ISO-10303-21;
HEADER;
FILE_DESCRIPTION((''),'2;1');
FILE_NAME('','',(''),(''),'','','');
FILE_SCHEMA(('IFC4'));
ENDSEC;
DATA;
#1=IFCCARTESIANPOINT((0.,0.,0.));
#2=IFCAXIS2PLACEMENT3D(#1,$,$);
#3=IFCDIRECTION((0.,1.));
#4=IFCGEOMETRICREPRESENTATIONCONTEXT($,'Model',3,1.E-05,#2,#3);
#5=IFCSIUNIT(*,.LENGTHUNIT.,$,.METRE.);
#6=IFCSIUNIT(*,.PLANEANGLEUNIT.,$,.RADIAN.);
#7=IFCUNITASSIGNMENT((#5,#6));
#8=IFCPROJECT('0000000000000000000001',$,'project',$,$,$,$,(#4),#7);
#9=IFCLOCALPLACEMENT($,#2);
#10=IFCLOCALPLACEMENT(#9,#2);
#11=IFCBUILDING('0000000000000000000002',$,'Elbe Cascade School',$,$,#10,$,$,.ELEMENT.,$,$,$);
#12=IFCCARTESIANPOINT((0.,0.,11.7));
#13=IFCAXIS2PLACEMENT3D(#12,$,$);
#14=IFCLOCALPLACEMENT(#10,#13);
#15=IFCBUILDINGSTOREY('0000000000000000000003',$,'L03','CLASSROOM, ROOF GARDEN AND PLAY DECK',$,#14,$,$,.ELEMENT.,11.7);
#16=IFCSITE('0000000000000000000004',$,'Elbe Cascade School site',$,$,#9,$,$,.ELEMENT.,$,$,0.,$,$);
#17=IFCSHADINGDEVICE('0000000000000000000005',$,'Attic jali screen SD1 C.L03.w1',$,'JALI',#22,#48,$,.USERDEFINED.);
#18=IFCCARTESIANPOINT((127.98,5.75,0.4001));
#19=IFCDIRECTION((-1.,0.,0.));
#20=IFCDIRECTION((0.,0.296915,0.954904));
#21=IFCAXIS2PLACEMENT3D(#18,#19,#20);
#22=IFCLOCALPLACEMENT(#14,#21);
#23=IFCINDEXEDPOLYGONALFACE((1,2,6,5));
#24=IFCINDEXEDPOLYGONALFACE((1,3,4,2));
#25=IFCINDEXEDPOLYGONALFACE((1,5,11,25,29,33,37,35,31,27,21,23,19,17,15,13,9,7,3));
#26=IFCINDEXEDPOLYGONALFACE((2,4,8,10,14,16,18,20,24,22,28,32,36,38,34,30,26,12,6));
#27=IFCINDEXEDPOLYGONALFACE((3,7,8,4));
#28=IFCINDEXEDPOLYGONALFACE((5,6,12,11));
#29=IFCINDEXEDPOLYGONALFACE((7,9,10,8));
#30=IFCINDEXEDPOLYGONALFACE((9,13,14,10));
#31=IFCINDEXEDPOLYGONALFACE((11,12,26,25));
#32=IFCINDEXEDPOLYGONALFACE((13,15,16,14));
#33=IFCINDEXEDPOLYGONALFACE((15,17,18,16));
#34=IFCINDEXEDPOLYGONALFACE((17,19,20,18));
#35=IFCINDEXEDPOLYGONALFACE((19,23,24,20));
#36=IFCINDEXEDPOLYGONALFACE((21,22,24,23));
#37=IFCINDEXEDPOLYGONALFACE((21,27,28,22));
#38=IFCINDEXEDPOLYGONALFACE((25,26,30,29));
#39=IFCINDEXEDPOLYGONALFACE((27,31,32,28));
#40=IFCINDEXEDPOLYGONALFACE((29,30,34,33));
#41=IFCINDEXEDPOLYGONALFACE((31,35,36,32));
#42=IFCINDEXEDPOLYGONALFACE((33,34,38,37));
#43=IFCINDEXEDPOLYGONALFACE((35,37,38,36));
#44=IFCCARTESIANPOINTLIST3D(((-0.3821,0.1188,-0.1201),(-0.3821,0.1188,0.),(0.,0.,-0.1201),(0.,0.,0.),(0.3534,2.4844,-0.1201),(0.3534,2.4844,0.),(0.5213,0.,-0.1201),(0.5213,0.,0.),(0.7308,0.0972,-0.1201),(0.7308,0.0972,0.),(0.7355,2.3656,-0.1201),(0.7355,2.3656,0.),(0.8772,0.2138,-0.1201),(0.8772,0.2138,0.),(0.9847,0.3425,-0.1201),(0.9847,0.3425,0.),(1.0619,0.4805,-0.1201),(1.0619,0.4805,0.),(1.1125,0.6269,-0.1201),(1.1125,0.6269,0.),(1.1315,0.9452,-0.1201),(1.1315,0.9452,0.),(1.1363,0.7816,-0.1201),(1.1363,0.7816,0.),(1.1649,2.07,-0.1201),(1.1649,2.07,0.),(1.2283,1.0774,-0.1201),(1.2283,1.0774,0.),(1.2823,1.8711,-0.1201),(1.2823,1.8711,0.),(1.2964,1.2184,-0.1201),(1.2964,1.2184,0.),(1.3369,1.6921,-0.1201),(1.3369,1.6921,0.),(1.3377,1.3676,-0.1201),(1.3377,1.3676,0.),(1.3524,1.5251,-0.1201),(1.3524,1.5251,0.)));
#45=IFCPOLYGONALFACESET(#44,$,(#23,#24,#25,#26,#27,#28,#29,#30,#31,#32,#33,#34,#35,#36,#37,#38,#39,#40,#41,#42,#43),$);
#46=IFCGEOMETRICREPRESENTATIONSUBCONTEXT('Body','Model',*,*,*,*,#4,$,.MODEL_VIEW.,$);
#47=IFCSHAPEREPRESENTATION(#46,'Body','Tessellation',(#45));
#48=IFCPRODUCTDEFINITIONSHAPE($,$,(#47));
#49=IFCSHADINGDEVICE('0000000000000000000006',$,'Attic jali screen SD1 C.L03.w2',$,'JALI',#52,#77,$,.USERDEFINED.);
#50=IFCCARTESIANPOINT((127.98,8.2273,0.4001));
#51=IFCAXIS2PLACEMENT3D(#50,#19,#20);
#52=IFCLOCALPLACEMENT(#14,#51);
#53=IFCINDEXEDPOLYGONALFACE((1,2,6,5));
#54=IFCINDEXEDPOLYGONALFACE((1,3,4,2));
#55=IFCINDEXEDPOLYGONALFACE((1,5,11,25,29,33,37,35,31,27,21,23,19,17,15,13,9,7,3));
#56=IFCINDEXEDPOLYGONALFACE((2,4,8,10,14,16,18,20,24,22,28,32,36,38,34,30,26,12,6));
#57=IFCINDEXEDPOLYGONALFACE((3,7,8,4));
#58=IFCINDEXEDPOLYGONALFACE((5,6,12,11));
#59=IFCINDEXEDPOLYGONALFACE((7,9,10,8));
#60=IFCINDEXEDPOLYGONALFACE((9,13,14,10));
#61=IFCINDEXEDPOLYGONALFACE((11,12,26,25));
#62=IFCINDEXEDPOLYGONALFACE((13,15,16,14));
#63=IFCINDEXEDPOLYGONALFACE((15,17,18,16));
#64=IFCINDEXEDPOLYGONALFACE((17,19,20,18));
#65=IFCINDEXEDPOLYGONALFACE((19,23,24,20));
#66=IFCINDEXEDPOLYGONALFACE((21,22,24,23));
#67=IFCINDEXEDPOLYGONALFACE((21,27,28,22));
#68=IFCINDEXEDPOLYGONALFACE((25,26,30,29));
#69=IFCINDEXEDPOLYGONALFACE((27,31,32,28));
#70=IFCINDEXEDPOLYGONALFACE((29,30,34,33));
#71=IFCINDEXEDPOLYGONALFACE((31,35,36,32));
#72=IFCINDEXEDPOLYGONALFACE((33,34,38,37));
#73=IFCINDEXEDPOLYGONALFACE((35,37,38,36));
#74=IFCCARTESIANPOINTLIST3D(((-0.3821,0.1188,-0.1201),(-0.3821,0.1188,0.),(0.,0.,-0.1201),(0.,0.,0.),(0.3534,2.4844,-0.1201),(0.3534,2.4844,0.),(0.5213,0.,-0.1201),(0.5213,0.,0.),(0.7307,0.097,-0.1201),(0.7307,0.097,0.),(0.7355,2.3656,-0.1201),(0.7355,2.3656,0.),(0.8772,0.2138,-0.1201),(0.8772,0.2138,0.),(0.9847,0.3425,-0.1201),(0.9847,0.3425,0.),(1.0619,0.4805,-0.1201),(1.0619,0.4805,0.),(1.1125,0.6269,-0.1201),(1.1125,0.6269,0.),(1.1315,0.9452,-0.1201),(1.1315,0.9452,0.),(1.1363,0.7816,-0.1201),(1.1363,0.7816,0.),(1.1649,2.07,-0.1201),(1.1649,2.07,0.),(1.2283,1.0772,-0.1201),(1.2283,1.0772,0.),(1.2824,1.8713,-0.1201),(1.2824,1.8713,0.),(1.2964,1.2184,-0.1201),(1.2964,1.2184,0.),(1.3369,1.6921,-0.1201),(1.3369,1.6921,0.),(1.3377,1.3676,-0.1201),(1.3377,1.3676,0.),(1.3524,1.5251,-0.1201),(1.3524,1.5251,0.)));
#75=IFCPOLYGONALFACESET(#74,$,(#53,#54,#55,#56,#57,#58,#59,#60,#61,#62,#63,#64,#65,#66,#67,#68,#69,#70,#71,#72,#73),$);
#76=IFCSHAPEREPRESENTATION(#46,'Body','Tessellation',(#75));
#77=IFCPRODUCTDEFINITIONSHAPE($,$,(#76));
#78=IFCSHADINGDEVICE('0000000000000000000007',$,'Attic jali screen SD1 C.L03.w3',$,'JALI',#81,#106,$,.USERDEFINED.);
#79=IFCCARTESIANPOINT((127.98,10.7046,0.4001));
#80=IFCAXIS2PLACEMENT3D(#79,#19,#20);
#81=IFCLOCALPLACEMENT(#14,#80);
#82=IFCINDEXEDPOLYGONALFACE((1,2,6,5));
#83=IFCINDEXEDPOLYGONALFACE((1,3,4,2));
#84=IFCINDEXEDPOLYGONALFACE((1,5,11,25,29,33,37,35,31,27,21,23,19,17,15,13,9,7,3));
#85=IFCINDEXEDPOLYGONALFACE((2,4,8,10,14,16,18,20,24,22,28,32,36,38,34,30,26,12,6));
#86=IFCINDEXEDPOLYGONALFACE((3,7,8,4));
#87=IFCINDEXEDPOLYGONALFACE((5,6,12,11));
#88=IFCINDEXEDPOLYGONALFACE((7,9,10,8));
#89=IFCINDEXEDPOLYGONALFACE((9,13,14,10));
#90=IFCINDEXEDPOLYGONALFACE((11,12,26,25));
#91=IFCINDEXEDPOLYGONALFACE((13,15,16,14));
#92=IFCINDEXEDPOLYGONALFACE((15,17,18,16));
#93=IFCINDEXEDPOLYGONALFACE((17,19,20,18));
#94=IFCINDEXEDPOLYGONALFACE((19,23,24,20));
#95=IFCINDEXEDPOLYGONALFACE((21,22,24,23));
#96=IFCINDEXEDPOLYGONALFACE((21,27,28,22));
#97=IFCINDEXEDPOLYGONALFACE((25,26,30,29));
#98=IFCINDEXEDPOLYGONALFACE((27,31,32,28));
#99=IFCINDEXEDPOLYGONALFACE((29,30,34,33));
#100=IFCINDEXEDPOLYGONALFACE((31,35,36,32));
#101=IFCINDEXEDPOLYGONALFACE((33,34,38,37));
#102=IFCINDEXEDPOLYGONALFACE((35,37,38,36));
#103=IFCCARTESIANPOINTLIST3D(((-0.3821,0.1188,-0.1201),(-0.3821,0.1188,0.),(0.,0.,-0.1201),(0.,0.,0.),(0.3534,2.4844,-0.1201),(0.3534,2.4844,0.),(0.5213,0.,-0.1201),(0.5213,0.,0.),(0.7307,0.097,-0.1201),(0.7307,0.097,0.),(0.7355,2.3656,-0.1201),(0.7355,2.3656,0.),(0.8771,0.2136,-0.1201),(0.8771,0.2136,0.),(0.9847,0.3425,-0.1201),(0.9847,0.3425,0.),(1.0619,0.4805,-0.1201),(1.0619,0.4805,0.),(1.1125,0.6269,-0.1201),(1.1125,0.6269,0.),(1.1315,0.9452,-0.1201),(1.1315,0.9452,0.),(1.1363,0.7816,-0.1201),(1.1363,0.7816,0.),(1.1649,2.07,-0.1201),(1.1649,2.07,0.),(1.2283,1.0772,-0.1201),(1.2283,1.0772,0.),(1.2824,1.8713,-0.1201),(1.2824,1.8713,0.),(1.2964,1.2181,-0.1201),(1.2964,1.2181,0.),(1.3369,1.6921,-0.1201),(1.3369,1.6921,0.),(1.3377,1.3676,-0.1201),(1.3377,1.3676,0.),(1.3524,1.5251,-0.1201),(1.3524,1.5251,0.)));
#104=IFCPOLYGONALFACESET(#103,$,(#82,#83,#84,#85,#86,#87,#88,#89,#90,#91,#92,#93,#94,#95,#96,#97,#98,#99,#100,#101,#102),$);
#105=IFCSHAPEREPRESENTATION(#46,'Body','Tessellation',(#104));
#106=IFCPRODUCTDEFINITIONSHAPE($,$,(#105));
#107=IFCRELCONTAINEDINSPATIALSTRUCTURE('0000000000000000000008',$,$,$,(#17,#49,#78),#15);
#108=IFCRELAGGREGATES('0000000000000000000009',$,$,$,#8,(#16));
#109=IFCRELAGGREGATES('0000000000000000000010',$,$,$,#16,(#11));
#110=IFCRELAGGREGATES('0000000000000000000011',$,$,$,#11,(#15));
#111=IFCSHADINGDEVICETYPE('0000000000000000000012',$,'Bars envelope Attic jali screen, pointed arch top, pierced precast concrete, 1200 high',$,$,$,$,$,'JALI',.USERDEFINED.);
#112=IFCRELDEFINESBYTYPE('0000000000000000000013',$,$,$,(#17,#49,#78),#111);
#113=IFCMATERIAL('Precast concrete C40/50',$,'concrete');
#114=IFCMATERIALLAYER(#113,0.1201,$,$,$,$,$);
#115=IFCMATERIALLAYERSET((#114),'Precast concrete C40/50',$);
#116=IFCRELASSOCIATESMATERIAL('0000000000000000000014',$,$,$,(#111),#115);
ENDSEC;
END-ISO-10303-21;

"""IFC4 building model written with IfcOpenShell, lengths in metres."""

from ifc_helpers import new_model, si_unit, direction, frame, origin, place, context, subcontext, project, spatial, polyline, outline, extrude, material, layer, layer_set, type_object, element, save


model = new_model("IFC4")

# Units and contexts
model_context = context("Model", 3, precision=1e-05, world=origin(), true_north=direction((0.0, 1.0)))
body_context = subcontext(model_context, "Body", "Model", "MODEL_VIEW")
ifc_project = project(units=[si_unit("LENGTHUNIT", "METRE"), si_unit("PLANEANGLEUNIT", "RADIAN")], contexts=[model_context])

# Site, building, storey
site_placement = place(None, origin())
site = spatial("IfcSite", under=ifc_project, at=site_placement, Name="Elbe Cascade School site", CompositionType="ELEMENT", RefElevation=0.0)
building_placement = place(site_placement, origin())
building = spatial("IfcBuilding", under=site, at=building_placement, Name="Elbe Cascade School", CompositionType="ELEMENT")
storey_placement = place(building_placement, frame((0.0, 0.0, 11.7)))
storey = spatial("IfcBuildingStorey", under=building, at=storey_placement, Name="L03", Description="CLASSROOM, ROOF GARDEN AND PLAY DECK", CompositionType="ELEMENT", Elevation=11.7)

# Shading devices
ifc_material_1 = material(Name="Precast concrete C40/50", Category="concrete")
ifc_layer_1 = layer(ifc_material_1, 0.1201)
ifc_layer_set_1 = layer_set([ifc_layer_1], Name="Precast concrete C40/50")
shading_device_type_1 = type_object("IfcShadingDeviceType", Name="Bars envelope Attic jali screen, pointed arch top, pierced precast concrete, 1200 high", ElementType="JALI", PredefinedType="USERDEFINED", material=ifc_layer_set_1)
shading_device_1_placement = place(storey_placement, frame((127.98, 5.75, 0.4001), z_axis=(-1.0, 0.0, 0.0), x_axis=(0.0, 0.296915, 0.954904)))
element("IfcShadingDevice", 1, at=shading_device_1_placement, inside=storey, type_object=shading_device_type_1, Name="Attic jali screen SD1 C.L03.w1", ObjectType="JALI", PredefinedType="USERDEFINED", context=body_context, shape_type="SweptSolid", body=[
    extrude(outline(polyline([(0.0, 0.0), (0.5213, 0.0), (0.7308, 0.0972), (0.8772, 0.2138), (0.9847, 0.3425), (1.0619, 0.4805), (1.1125, 0.6269), (1.1363, 0.7816), (1.1315, 0.9452), (1.2283, 1.0774), (1.2964, 1.2184), (1.3377, 1.3676), (1.3524, 1.5251), (1.3369, 1.6921), (1.2823, 1.8711), (1.1649, 2.07), (0.7355, 2.3656), (0.3534, 2.4844), (-0.3821, 0.1188), (0.0, 0.0)])), origin(), (0.0, 0.0, -1.0), 0.1201),
])
shading_device_2_placement = place(storey_placement, frame((127.98, 8.2273, 0.4001), z_axis=(-1.0, 0.0, 0.0), x_axis=(0.0, 0.296915, 0.954904)))
element("IfcShadingDevice", 2, at=shading_device_2_placement, inside=storey, type_object=shading_device_type_1, Name="Attic jali screen SD1 C.L03.w2", ObjectType="JALI", PredefinedType="USERDEFINED", context=body_context, shape_type="SweptSolid", body=[
    extrude(outline(polyline([(0.0, 0.0), (0.5213, 0.0), (0.7307, 0.097), (0.8772, 0.2138), (0.9847, 0.3425), (1.0619, 0.4805), (1.1125, 0.6269), (1.1363, 0.7816), (1.1315, 0.9452), (1.2283, 1.0772), (1.2964, 1.2184), (1.3377, 1.3676), (1.3524, 1.5251), (1.3369, 1.6921), (1.2824, 1.8713), (1.1649, 2.07), (0.7355, 2.3656), (0.3534, 2.4844), (-0.3821, 0.1188), (0.0, 0.0)])), origin(), (0.0, 0.0, -1.0), 0.1201),
])
shading_device_3_placement = place(storey_placement, frame((127.98, 10.7046, 0.4001), z_axis=(-1.0, 0.0, 0.0), x_axis=(0.0, 0.296915, 0.954904)))
element("IfcShadingDevice", 3, at=shading_device_3_placement, inside=storey, type_object=shading_device_type_1, Name="Attic jali screen SD1 C.L03.w3", ObjectType="JALI", PredefinedType="USERDEFINED", context=body_context, shape_type="SweptSolid", body=[
    extrude(outline(polyline([(0.0, 0.0), (0.5213, 0.0), (0.7307, 0.097), (0.8771, 0.2136), (0.9847, 0.3425), (1.0619, 0.4805), (1.1125, 0.6269), (1.1363, 0.7816), (1.1315, 0.9452), (1.2283, 1.0772), (1.2964, 1.2181), (1.3377, 1.3676), (1.3524, 1.5251), (1.3369, 1.6921), (1.2824, 1.8713), (1.1649, 2.07), (0.7355, 2.3656), (0.3534, 2.4844), (-0.3821, 0.1188), (0.0, 0.0)])), origin(), (0.0, 0.0, -1.0), 0.1201),
])

save(model, "model.ifc")
